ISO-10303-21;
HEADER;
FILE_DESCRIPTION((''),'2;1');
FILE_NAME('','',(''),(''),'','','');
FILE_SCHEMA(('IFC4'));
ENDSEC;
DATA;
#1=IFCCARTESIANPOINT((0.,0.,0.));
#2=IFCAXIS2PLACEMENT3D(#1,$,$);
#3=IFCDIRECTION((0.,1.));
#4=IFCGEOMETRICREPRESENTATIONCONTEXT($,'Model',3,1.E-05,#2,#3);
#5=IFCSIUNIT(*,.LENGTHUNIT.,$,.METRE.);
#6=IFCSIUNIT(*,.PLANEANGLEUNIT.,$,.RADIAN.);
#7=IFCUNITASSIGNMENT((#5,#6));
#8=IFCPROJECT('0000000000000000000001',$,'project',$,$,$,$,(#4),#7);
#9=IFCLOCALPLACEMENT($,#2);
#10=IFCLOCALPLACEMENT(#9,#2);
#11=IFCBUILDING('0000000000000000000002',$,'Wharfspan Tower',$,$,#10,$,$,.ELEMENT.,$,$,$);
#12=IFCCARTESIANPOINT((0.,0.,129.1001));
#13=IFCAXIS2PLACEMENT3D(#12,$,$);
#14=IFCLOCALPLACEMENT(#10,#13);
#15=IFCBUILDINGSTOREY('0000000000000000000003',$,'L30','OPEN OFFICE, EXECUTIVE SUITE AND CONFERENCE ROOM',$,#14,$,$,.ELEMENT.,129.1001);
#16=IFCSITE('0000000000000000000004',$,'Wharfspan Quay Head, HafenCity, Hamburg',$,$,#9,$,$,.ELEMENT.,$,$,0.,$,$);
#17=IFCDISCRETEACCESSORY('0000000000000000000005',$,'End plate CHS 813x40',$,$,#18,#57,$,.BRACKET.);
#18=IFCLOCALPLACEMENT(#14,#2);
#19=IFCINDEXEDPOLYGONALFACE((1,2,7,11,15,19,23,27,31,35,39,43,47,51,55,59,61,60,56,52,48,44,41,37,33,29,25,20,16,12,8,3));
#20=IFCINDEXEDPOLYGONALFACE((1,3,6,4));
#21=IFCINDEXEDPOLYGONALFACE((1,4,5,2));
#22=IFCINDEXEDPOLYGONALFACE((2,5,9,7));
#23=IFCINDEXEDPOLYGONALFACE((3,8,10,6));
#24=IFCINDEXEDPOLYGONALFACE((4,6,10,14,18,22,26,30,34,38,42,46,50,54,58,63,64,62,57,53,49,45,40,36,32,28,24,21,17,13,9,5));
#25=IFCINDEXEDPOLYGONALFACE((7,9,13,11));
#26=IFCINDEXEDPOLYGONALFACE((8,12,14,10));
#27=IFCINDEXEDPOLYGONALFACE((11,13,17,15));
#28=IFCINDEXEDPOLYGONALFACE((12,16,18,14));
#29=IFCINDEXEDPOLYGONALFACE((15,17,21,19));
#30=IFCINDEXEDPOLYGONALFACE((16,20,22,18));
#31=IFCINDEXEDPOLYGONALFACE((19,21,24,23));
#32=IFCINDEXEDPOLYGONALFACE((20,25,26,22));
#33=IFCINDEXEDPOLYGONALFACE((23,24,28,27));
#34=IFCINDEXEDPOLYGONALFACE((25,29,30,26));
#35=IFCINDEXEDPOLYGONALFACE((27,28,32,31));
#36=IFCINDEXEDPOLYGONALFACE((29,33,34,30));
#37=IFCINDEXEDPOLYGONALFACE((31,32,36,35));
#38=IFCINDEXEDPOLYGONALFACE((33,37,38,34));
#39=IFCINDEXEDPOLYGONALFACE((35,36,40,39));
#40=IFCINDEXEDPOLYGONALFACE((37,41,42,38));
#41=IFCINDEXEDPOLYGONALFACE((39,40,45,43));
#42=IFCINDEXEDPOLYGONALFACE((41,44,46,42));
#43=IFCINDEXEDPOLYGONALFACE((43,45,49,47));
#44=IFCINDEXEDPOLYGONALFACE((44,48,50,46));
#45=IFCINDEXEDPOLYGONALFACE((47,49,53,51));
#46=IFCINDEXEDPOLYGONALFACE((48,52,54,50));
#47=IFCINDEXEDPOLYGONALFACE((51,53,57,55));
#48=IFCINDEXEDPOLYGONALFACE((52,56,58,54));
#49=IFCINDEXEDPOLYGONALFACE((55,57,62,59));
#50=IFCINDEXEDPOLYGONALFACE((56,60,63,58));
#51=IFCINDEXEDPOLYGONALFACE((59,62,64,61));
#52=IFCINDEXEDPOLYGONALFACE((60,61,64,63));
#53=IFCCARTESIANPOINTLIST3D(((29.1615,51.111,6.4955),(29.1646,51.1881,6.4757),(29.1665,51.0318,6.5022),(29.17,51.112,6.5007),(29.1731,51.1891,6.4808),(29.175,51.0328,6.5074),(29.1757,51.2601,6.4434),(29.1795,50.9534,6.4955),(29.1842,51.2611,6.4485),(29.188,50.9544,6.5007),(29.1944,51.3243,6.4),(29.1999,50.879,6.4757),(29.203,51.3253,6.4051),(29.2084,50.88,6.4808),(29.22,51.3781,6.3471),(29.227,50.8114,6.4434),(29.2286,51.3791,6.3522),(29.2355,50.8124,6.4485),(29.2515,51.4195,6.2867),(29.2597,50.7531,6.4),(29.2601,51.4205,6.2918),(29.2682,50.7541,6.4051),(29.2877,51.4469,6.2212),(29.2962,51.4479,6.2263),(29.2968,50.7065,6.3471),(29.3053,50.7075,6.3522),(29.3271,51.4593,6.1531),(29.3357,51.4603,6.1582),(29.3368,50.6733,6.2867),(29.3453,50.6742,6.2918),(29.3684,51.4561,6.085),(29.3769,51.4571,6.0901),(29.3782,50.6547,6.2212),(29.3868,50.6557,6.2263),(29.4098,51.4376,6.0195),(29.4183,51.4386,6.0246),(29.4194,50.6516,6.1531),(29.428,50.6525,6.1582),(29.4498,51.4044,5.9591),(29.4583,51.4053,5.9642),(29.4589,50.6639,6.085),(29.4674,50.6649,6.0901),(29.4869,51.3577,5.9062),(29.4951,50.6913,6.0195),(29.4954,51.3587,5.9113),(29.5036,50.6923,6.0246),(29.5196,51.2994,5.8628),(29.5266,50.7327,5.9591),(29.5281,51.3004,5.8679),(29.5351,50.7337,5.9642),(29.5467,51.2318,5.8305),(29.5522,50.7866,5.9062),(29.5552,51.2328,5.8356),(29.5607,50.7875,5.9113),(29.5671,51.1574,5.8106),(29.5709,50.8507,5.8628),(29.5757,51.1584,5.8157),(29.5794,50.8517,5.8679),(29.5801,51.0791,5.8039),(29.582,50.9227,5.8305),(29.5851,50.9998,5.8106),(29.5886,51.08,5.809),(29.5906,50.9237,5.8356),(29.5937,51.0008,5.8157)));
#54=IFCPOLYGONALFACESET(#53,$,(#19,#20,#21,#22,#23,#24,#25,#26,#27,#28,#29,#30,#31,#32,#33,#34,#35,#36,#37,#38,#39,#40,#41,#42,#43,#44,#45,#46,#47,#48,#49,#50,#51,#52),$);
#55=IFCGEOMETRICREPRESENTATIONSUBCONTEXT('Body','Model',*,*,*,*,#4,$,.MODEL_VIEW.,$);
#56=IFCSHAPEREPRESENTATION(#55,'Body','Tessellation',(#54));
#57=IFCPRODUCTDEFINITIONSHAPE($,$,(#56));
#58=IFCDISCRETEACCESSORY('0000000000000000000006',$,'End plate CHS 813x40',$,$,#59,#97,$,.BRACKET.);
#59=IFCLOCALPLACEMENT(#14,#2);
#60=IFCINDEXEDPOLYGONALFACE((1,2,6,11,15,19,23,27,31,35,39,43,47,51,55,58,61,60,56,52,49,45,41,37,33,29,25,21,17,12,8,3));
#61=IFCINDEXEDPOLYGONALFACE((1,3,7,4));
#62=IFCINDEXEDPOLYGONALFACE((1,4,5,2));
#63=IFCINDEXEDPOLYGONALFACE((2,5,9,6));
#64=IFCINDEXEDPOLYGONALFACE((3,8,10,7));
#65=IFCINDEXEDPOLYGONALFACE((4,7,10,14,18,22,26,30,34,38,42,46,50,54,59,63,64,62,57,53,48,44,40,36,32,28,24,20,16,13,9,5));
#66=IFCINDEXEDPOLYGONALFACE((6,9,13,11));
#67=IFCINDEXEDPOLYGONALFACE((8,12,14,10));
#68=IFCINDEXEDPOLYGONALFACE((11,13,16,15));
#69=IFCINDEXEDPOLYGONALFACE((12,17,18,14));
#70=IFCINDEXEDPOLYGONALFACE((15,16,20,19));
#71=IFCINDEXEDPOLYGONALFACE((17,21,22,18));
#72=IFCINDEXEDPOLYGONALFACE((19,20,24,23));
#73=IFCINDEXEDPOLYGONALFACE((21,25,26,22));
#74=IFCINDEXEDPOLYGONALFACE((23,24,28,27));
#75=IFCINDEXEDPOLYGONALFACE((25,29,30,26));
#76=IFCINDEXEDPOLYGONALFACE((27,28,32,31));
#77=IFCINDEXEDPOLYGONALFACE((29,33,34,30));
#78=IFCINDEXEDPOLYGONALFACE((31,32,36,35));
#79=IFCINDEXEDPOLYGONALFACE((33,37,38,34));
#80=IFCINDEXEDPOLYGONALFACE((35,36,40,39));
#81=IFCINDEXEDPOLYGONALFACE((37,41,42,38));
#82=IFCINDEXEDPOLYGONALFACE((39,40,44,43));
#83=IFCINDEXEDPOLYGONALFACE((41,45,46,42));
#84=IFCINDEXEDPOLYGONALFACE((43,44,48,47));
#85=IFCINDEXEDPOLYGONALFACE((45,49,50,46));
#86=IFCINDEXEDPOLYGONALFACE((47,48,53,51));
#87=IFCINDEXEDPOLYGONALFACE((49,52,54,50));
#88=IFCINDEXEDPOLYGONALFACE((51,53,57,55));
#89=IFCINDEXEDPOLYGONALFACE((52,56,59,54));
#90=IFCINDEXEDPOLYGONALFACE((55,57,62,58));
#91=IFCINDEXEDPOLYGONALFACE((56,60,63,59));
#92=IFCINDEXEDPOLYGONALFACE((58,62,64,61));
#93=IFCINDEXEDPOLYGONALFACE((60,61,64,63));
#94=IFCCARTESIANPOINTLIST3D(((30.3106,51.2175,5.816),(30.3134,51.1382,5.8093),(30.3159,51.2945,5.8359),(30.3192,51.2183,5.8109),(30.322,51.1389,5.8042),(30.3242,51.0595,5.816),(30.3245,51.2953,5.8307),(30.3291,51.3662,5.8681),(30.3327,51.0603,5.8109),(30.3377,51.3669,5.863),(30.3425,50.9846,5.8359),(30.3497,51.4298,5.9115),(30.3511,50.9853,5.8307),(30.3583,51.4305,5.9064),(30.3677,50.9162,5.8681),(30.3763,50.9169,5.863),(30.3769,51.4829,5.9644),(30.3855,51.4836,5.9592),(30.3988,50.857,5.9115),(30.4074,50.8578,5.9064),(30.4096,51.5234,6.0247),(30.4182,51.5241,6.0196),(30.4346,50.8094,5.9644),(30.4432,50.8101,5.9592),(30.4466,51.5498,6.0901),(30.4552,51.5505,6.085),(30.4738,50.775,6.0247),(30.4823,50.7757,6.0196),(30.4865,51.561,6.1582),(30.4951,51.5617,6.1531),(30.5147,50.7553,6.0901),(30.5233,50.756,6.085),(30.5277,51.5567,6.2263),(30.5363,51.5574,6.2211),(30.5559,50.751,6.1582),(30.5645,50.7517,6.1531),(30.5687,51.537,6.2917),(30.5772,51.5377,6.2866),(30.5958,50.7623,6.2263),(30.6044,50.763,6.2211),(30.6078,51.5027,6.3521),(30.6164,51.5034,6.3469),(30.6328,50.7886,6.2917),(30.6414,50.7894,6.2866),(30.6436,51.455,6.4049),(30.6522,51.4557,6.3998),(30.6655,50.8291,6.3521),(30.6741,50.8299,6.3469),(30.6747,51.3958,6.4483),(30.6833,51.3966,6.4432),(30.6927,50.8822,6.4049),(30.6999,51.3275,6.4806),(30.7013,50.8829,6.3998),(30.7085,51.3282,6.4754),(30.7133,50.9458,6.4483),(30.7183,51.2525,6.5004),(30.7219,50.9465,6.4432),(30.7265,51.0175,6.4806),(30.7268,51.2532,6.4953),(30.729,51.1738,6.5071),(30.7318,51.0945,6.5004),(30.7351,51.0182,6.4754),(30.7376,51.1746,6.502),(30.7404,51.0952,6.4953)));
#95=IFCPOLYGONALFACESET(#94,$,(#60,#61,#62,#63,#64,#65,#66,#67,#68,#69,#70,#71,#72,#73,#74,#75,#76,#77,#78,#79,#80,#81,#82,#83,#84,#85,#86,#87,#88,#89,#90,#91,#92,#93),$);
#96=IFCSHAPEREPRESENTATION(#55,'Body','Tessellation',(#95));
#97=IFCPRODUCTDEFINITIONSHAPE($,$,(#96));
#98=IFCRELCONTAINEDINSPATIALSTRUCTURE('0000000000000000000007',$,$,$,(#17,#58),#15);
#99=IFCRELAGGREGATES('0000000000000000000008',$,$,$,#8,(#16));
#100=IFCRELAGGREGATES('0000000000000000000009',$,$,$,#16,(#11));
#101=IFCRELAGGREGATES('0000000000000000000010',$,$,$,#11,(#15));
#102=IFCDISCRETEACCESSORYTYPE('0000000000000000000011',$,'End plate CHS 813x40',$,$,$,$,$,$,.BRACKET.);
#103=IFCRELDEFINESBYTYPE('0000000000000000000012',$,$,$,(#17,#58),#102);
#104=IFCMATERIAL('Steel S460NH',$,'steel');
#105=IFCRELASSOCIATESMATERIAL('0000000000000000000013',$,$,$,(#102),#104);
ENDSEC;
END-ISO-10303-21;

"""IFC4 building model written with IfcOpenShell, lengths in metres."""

from ifc_helpers import new_model, si_unit, direction, frame, origin, origin_2d, place, context, subcontext, project, spatial, circle, extrude, material, material_profile, profile_set, type_object, element, save


model = new_model("IFC4")

# Units and contexts
model_context = context("Model", 3, precision=1e-05, world=origin(), true_north=direction((0.0, 1.0)))
body_context = subcontext(model_context, "Body", "Model", "MODEL_VIEW")
ifc_project = project(units=[si_unit("LENGTHUNIT", "METRE"), si_unit("PLANEANGLEUNIT", "RADIAN")], contexts=[model_context])

# Site, building, storey
site_placement = place(None, origin())
site = spatial("IfcSite", under=ifc_project, at=site_placement, Name="Wharfspan Quay Head, HafenCity, Hamburg", CompositionType="ELEMENT", RefElevation=0.0)
building_placement = place(site_placement, origin())
building = spatial("IfcBuilding", under=site, at=building_placement, Name="Wharfspan Tower", CompositionType="ELEMENT")
storey_placement = place(building_placement, frame((0.0, 0.0, 129.1001)))
storey = spatial("IfcBuildingStorey", under=building, at=storey_placement, Name="L30", Description="OPEN OFFICE, EXECUTIVE SUITE AND CONFERENCE ROOM", CompositionType="ELEMENT", Elevation=129.1001)

# Shared definitions
ifc_material_1 = material(Name="Steel S460NH", Category="steel")

# Discrete accessories
ifc_material_profile_1 = material_profile(ifc_material_1, circle(Radius=0.4065, at=origin_2d()))
ifc_profile_set_1 = profile_set([ifc_material_profile_1], Name="Steel S460NH")
discrete_accessory_type = type_object("IfcDiscreteAccessoryType", Name="End plate CHS 813x40", PredefinedType="BRACKET", material=ifc_profile_set_1)
for number, where, z_axis, x_axis, name in (
    (1, (29.3733, 51.0554, 6.1531), (0.853405, 0.097532, 0.512043), (-0.113547, 0.993531, 0.000001), "End plate CHS 813x40"),
    (2, (30.5298, 51.1567, 6.1531), (-0.855186, -0.073302, 0.513112), (0.085402, -0.996345, 0.000001), "End plate CHS 813x40"),
):
    element("IfcDiscreteAccessory", number, at=place(storey_placement, frame(where, z_axis=z_axis, x_axis=x_axis)), inside=storey, type_object=discrete_accessory_type, Name=name, PredefinedType="BRACKET", context=body_context, shape_type="SweptSolid", body=[
        extrude(circle(Radius=0.4065, at=origin_2d()), origin(), (0.0, 0.0, 1.0), 0.01),
    ])

save(model, "model.ifc")
